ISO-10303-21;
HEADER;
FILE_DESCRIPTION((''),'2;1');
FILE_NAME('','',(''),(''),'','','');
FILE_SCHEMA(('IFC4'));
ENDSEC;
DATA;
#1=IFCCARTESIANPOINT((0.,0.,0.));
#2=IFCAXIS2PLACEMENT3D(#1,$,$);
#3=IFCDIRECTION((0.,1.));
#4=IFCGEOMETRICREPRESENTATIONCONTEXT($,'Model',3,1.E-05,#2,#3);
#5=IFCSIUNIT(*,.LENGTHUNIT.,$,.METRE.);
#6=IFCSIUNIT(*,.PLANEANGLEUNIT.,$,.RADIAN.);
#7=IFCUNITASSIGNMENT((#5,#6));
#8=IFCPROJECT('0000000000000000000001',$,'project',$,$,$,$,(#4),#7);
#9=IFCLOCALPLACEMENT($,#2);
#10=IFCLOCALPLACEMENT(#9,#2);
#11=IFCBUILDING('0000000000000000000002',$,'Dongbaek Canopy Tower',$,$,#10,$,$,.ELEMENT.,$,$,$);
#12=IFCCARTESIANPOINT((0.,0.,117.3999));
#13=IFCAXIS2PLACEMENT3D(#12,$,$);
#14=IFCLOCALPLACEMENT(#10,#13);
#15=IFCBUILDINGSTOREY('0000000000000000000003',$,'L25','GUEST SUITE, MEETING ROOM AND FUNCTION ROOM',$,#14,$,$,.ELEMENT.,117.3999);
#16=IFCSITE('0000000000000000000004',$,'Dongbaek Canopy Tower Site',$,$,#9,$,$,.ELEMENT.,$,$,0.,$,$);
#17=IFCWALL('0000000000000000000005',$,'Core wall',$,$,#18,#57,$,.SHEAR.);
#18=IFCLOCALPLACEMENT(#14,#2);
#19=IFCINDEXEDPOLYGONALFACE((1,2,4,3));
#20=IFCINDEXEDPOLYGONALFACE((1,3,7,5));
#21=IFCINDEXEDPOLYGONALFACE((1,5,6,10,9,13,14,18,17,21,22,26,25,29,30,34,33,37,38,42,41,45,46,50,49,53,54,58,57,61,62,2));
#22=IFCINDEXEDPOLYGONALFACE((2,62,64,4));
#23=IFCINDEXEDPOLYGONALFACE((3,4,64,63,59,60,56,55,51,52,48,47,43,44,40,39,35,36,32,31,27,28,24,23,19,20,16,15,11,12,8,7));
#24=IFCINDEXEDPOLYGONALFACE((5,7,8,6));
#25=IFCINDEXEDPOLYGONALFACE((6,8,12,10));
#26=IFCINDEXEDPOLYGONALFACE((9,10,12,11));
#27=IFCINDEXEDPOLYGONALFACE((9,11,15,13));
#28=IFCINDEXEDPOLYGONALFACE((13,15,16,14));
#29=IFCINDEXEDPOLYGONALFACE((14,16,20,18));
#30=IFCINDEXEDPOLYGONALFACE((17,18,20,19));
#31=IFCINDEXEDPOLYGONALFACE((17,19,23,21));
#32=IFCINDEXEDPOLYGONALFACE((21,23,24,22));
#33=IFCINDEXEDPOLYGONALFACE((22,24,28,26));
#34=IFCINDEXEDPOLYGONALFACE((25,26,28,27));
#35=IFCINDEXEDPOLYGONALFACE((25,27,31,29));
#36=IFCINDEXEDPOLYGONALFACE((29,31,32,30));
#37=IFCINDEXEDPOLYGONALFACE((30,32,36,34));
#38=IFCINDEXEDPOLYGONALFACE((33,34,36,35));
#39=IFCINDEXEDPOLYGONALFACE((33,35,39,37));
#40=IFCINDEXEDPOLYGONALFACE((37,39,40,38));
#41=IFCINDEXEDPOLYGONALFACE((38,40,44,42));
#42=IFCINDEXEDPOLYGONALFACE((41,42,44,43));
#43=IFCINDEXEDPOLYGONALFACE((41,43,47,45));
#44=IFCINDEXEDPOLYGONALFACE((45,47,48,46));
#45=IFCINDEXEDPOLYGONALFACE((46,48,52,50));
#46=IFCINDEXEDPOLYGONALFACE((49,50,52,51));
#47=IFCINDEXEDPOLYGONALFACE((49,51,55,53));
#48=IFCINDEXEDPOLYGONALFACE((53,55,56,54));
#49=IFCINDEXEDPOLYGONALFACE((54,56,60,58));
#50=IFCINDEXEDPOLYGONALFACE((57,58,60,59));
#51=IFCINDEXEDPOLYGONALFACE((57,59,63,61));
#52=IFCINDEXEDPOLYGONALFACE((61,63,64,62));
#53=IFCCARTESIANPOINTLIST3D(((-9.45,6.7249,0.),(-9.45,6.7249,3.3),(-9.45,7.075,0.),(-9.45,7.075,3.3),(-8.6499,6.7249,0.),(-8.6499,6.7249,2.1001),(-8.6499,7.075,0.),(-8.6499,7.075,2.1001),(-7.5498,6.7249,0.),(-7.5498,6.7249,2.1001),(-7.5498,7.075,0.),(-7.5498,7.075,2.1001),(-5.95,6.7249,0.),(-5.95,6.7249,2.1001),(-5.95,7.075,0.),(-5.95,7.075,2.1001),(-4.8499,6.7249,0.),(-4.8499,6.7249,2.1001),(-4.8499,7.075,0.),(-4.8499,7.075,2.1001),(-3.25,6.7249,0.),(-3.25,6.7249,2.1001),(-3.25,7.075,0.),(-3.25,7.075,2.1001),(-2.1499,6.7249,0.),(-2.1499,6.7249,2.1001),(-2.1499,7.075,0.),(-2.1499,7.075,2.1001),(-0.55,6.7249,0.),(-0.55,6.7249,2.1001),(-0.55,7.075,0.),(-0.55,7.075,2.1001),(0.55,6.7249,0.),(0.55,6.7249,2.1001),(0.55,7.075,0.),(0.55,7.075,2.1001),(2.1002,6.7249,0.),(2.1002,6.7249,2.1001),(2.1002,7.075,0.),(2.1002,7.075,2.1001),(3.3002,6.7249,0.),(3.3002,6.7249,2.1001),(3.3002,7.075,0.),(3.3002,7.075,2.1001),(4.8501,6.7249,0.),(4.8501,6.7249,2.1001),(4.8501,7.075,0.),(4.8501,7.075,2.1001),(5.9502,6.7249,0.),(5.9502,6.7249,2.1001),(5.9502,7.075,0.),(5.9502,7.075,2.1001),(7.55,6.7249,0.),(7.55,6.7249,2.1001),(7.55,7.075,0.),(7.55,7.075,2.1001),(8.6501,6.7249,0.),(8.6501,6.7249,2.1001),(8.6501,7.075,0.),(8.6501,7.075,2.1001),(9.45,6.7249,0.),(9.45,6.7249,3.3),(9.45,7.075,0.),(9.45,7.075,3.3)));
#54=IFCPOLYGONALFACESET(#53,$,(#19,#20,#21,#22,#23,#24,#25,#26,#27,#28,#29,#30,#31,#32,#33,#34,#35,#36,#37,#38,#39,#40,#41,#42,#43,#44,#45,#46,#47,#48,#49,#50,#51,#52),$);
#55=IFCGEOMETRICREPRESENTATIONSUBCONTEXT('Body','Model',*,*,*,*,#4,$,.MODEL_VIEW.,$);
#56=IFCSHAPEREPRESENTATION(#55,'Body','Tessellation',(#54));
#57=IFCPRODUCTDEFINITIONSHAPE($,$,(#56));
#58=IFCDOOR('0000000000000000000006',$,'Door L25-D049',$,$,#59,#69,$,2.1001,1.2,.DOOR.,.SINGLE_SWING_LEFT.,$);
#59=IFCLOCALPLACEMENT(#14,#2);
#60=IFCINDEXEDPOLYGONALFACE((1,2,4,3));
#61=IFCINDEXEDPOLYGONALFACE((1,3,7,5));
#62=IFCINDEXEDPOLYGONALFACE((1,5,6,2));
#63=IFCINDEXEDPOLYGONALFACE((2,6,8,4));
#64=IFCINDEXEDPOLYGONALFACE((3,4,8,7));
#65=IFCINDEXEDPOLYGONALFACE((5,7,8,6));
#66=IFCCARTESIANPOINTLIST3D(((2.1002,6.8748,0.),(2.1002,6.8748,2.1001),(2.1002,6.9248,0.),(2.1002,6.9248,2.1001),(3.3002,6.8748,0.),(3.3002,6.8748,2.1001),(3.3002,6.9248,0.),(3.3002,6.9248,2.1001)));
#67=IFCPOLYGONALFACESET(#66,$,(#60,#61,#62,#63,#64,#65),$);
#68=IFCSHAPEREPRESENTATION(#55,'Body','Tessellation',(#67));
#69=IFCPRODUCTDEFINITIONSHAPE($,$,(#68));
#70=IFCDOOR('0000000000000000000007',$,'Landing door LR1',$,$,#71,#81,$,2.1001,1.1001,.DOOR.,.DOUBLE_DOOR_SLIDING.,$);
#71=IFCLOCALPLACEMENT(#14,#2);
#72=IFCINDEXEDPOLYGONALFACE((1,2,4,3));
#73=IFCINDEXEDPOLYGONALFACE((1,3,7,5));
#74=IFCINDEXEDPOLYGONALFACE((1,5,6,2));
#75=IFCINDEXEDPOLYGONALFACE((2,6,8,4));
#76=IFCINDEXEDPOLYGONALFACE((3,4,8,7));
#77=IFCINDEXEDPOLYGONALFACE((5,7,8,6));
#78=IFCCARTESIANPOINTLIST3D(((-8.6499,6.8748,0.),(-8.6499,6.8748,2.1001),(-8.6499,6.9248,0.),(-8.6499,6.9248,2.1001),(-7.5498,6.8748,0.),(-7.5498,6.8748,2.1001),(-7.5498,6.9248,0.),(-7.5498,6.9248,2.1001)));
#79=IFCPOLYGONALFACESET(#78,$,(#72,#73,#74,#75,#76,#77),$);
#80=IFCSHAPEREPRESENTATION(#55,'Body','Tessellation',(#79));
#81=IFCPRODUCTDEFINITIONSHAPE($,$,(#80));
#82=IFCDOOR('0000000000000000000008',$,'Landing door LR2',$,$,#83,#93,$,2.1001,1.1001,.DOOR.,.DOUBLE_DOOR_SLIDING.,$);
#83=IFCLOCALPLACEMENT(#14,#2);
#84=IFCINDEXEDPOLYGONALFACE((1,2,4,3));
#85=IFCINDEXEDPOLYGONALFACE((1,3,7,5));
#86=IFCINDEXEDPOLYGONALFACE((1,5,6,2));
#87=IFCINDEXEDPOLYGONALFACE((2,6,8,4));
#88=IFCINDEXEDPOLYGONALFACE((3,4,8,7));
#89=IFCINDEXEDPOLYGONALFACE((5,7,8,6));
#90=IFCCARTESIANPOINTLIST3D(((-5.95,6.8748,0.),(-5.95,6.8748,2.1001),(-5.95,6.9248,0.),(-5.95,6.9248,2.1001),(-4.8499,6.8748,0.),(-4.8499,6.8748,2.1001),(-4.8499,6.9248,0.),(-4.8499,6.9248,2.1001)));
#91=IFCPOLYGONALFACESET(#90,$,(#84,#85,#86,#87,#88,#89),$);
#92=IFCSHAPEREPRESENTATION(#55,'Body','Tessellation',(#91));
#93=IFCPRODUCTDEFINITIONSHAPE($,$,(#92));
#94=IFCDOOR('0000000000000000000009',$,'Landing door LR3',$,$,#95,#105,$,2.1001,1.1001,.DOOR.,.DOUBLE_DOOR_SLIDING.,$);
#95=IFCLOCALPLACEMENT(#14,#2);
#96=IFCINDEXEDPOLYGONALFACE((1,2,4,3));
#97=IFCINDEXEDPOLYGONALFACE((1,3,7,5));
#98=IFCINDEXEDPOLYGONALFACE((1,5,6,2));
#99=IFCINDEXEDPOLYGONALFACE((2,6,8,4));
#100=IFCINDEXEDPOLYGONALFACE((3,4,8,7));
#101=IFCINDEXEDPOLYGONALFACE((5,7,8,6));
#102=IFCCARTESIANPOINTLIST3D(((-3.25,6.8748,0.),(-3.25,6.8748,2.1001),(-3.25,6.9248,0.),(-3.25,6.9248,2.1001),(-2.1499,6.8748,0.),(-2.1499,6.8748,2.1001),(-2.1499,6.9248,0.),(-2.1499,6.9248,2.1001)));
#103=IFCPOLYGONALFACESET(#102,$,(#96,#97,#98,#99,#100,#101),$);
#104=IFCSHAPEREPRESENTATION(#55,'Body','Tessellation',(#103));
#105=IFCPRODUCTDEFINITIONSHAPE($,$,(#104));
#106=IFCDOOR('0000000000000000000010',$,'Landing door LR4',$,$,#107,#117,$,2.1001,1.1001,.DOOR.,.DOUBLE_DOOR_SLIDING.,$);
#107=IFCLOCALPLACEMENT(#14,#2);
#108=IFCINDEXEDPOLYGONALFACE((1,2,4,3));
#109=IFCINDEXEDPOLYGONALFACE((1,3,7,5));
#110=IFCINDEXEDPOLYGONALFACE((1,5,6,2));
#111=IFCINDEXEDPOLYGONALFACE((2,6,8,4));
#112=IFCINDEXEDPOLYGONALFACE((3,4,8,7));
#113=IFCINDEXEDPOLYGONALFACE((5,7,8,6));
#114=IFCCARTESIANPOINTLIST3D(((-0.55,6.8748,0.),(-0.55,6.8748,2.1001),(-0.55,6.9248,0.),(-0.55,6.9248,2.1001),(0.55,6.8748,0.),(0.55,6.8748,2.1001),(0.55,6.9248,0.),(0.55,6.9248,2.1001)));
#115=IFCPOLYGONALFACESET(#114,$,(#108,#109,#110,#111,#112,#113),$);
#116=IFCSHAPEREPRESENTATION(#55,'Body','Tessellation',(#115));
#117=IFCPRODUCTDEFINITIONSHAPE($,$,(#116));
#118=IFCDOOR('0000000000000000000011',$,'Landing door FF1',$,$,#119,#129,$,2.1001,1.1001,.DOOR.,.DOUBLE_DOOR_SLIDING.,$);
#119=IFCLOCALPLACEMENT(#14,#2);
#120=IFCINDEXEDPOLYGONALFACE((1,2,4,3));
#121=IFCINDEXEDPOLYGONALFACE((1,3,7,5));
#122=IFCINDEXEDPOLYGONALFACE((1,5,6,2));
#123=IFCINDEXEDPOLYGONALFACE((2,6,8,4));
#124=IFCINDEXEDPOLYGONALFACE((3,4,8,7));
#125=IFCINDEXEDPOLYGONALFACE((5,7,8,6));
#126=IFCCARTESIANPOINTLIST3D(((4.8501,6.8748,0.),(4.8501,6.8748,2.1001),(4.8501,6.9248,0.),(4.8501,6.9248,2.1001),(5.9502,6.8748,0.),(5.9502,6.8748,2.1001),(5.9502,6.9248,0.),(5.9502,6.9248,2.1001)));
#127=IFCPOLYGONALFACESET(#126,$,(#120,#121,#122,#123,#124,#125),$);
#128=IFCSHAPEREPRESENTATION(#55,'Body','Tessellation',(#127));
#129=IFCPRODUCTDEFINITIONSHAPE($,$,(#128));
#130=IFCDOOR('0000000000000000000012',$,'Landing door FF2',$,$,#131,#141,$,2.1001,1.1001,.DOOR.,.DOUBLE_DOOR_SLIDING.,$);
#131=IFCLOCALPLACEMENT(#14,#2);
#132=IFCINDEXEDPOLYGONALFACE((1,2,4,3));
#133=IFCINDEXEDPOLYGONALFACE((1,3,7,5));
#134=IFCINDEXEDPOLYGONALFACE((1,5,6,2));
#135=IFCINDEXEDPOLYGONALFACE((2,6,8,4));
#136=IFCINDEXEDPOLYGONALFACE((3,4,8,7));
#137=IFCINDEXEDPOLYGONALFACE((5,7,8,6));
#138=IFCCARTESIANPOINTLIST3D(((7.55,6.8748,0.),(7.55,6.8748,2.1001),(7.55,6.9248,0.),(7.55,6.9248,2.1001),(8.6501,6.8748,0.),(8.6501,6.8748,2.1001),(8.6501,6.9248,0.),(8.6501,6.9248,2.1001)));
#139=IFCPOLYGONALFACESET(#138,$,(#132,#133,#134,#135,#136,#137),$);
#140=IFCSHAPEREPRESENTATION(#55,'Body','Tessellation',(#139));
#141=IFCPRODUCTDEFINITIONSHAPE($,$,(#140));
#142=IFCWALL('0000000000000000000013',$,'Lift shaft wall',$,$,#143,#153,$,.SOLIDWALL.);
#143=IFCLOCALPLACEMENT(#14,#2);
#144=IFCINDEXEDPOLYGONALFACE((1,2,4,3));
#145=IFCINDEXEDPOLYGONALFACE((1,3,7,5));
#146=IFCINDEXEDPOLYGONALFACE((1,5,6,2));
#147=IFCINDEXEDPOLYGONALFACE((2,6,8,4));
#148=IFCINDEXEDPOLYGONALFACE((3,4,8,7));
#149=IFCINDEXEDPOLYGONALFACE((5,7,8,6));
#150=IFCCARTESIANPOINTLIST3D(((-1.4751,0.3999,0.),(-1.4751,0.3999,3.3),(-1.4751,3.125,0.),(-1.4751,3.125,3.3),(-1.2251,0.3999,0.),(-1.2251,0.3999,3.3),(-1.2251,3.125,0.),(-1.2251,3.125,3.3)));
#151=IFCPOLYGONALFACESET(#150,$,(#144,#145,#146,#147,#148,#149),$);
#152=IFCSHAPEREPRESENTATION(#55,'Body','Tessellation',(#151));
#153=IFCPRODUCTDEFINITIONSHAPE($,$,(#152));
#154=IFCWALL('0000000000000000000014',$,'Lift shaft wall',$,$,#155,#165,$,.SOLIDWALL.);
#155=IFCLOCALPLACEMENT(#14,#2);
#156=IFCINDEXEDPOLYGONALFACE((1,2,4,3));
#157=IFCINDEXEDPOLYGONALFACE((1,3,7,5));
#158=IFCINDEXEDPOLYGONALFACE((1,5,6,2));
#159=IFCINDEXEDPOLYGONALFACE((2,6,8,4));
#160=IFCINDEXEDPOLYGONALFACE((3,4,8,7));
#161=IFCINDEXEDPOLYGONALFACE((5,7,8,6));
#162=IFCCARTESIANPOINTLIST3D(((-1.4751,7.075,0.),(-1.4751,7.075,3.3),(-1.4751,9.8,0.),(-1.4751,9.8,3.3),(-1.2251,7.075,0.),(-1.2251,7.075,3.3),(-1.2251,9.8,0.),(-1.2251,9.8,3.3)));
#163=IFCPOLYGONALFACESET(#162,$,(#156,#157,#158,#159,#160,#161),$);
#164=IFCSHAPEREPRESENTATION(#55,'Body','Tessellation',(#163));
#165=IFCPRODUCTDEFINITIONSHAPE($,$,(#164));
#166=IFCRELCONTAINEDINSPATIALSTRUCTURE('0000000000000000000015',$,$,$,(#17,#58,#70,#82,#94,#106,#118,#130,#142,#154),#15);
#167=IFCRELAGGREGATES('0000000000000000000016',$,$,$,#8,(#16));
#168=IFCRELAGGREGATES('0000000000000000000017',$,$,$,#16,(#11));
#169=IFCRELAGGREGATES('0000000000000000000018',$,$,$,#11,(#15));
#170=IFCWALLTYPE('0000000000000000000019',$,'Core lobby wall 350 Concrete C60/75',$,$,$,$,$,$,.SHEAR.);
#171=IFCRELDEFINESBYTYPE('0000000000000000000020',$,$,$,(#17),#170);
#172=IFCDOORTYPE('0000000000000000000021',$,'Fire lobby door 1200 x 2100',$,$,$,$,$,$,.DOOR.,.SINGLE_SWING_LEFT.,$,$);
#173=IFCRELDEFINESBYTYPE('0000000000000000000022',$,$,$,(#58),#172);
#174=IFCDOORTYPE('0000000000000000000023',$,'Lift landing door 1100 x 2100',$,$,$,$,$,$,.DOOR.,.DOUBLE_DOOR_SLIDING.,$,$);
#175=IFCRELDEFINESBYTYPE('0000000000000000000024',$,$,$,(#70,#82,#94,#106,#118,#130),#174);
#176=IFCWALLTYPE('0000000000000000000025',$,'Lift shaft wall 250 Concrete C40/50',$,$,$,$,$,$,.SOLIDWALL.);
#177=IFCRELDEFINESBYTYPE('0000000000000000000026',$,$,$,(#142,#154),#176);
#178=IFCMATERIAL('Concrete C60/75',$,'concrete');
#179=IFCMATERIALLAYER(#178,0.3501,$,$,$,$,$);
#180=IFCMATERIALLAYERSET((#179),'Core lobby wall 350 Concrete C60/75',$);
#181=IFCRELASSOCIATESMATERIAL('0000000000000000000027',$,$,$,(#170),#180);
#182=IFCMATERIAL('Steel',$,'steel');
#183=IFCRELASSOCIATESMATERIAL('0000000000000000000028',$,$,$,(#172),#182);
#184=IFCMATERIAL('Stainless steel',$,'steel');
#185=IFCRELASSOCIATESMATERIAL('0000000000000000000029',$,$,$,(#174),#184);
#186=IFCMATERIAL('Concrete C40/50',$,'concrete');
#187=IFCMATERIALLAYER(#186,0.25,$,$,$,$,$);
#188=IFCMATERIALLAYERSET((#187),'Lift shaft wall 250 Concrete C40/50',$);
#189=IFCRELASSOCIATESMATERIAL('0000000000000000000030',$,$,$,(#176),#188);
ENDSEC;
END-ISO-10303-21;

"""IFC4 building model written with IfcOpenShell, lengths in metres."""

from ifc_helpers import new_model, si_unit, direction, frame, frame_2d, origin, place, context, subcontext, project, spatial, rectangle, extrude, material, layer, layer_set, type_object, element, fill, save


model = new_model("IFC4")

# Units and contexts
model_context = context("Model", 3, precision=1e-05, world=origin(), true_north=direction((0.0, 1.0)))
body_context = subcontext(model_context, "Body", "Model", "MODEL_VIEW")
ifc_project = project(units=[si_unit("LENGTHUNIT", "METRE"), si_unit("PLANEANGLEUNIT", "RADIAN")], contexts=[model_context])

# Site, building, storey
site_placement = place(None, origin())
site = spatial("IfcSite", under=ifc_project, at=site_placement, Name="Dongbaek Canopy Tower Site", CompositionType="ELEMENT", RefElevation=0.0)
building_placement = place(site_placement, origin())
building = spatial("IfcBuilding", under=site, at=building_placement, Name="Dongbaek Canopy Tower", CompositionType="ELEMENT")
storey_placement = place(building_placement, frame((0.0, 0.0, 117.3999)))
storey = spatial("IfcBuildingStorey", under=building, at=storey_placement, Name="L25", Description="GUEST SUITE, MEETING ROOM AND FUNCTION ROOM", CompositionType="ELEMENT", Elevation=117.3999)

# Wall, openings, doors
ifc_material_1 = material(Name="Concrete C60/75", Category="concrete")
ifc_layer_1 = layer(ifc_material_1, 0.3501)
ifc_layer_set_1 = layer_set([ifc_layer_1], Name="Core lobby wall 350 Concrete C60/75")
wall_type_1 = type_object("IfcWallType", Name="Core lobby wall 350 Concrete C60/75", PredefinedType="SHEAR", material=ifc_layer_set_1)
wall_1_placement = place(storey_placement, frame((-9.45, 6.8999, 0.0), z_axis=(0.0, 0.0, 1.0), x_axis=(1.0, 0.0, 0.0)))
wall_1 = element("IfcWall", 1, at=wall_1_placement, inside=storey, type_object=wall_type_1, Name="Core wall", PredefinedType="SHEAR", context=body_context, shape_type="SweptSolid", body=[
    extrude(rectangle(XDim=18.8999, YDim=0.3501, at=frame_2d((9.45, 0.0))), origin(), (0.0, 0.0, 1.0), 3.3),
])
opening_1_placement = place(wall_1_placement, frame((0.8, 0.0, 0.0)))
opening_1 = element("IfcOpeningElement", 2, at=opening_1_placement, cuts=wall_1, PredefinedType="OPENING", context=body_context, shape_type="SweptSolid", body=[
    extrude(rectangle(XDim=1.1001, YDim=2.1001, at=frame_2d((0.55, 1.05))), frame((0.0, 0.1851, 0.0), z_axis=(0.0, -1.0, 0.0), x_axis=(1.0, 0.0, 0.0)), (0.0, 0.0, 1.0), 0.3701),
])
opening_2_placement = place(wall_1_placement, frame((3.5, 0.0, 0.0)))
opening_2 = element("IfcOpeningElement", 3, at=opening_2_placement, cuts=wall_1, PredefinedType="OPENING", context=body_context, shape_type="SweptSolid", body=[
    extrude(rectangle(XDim=1.1001, YDim=2.1001, at=frame_2d((0.55, 1.05))), frame((0.0, 0.1851, 0.0), z_axis=(0.0, -1.0, 0.0), x_axis=(1.0, 0.0, 0.0)), (0.0, 0.0, 1.0), 0.3701),
])
opening_3_placement = place(wall_1_placement, frame((6.2, 0.0, 0.0)))
opening_3 = element("IfcOpeningElement", 4, at=opening_3_placement, cuts=wall_1, PredefinedType="OPENING", context=body_context, shape_type="SweptSolid", body=[
    extrude(rectangle(XDim=1.1001, YDim=2.1001, at=frame_2d((0.55, 1.05))), frame((0.0, 0.1851, 0.0), z_axis=(0.0, -1.0, 0.0), x_axis=(1.0, 0.0, 0.0)), (0.0, 0.0, 1.0), 0.3701),
])
opening_4_placement = place(wall_1_placement, frame((8.8999, 0.0, 0.0)))
opening_4 = element("IfcOpeningElement", 5, at=opening_4_placement, cuts=wall_1, PredefinedType="OPENING", context=body_context, shape_type="SweptSolid", body=[
    extrude(rectangle(XDim=1.1001, YDim=2.1001, at=frame_2d((0.55, 1.05))), frame((0.0, 0.1851, 0.0), z_axis=(0.0, -1.0, 0.0), x_axis=(1.0, 0.0, 0.0)), (0.0, 0.0, 1.0), 0.3701),
])
opening_5_placement = place(wall_1_placement, frame((11.55, 0.0, 0.0)))
opening_5 = element("IfcOpeningElement", 6, at=opening_5_placement, cuts=wall_1, PredefinedType="OPENING", context=body_context, shape_type="SweptSolid", body=[
    extrude(rectangle(XDim=1.2, YDim=2.1001, at=frame_2d((0.6001, 1.05))), frame((0.0, 0.1851, 0.0), z_axis=(0.0, -1.0, 0.0), x_axis=(1.0, 0.0, 0.0)), (0.0, 0.0, 1.0), 0.3701),
])
opening_6_placement = place(wall_1_placement, frame((14.3, 0.0, 0.0)))
opening_6 = element("IfcOpeningElement", 7, at=opening_6_placement, cuts=wall_1, PredefinedType="OPENING", context=body_context, shape_type="SweptSolid", body=[
    extrude(rectangle(XDim=1.1001, YDim=2.1001, at=frame_2d((0.55, 1.05))), frame((0.0, 0.1851, 0.0), z_axis=(0.0, -1.0, 0.0), x_axis=(1.0, 0.0, 0.0)), (0.0, 0.0, 1.0), 0.3701),
])
opening_7_placement = place(wall_1_placement, frame((17.0, 0.0, 0.0)))
opening_7 = element("IfcOpeningElement", 8, at=opening_7_placement, cuts=wall_1, PredefinedType="OPENING", context=body_context, shape_type="SweptSolid", body=[
    extrude(rectangle(XDim=1.1001, YDim=2.1001, at=frame_2d((0.55, 1.05))), frame((0.0, 0.1851, 0.0), z_axis=(0.0, -1.0, 0.0), x_axis=(1.0, 0.0, 0.0)), (0.0, 0.0, 1.0), 0.3701),
])
ifc_material_2 = material(Name="Steel", Category="steel")
door_type_1 = type_object("IfcDoorType", Name="Fire lobby door 1200 x 2100", OperationType="SINGLE_SWING_LEFT", PredefinedType="DOOR", material=ifc_material_2)
door_1_placement = place(opening_5_placement, origin())
door_1 = element("IfcDoor", 9, at=door_1_placement, inside=storey, type_object=door_type_1, Name="Door L25-D049", OperationType="SINGLE_SWING_LEFT", OverallHeight=2.1001, OverallWidth=1.2, PredefinedType="DOOR", context=body_context, shape_type="SweptSolid", body=[
    extrude(rectangle(XDim=1.2, YDim=2.1001, at=frame_2d((0.6001, 1.05))), frame((0.0, 0.0249, 0.0), z_axis=(0.0, -1.0, 0.0), x_axis=(1.0, 0.0, 0.0)), (0.0, 0.0, 1.0), 0.05),
])
fill(opening_5, door_1)
ifc_material_3 = material(Name="Stainless steel", Category="steel")
door_type_2 = type_object("IfcDoorType", Name="Lift landing door 1100 x 2100", OperationType="DOUBLE_DOOR_SLIDING", PredefinedType="DOOR", material=ifc_material_3)
door_2_placement = place(opening_1_placement, origin())
door_2 = element("IfcDoor", 10, at=door_2_placement, inside=storey, type_object=door_type_2, Name="Landing door LR1", OperationType="DOUBLE_DOOR_SLIDING", OverallHeight=2.1001, OverallWidth=1.1001, PredefinedType="DOOR", context=body_context, shape_type="SweptSolid", body=[
    extrude(rectangle(XDim=1.1001, YDim=2.1001, at=frame_2d((0.55, 1.05))), frame((0.0, 0.0249, 0.0), z_axis=(0.0, -1.0, 0.0), x_axis=(1.0, 0.0, 0.0)), (0.0, 0.0, 1.0), 0.05),
])
fill(opening_1, door_2)
door_3_placement = place(opening_2_placement, origin())
door_3 = element("IfcDoor", 11, at=door_3_placement, inside=storey, type_object=door_type_2, Name="Landing door LR2", OperationType="DOUBLE_DOOR_SLIDING", OverallHeight=2.1001, OverallWidth=1.1001, PredefinedType="DOOR", context=body_context, shape_type="SweptSolid", body=[
    extrude(rectangle(XDim=1.1001, YDim=2.1001, at=frame_2d((0.55, 1.05))), frame((0.0, 0.0249, 0.0), z_axis=(0.0, -1.0, 0.0), x_axis=(1.0, 0.0, 0.0)), (0.0, 0.0, 1.0), 0.05),
])
fill(opening_2, door_3)
door_4_placement = place(opening_3_placement, origin())
door_4 = element("IfcDoor", 12, at=door_4_placement, inside=storey, type_object=door_type_2, Name="Landing door LR3", OperationType="DOUBLE_DOOR_SLIDING", OverallHeight=2.1001, OverallWidth=1.1001, PredefinedType="DOOR", context=body_context, shape_type="SweptSolid", body=[
    extrude(rectangle(XDim=1.1001, YDim=2.1001, at=frame_2d((0.55, 1.05))), frame((0.0, 0.0249, 0.0), z_axis=(0.0, -1.0, 0.0), x_axis=(1.0, 0.0, 0.0)), (0.0, 0.0, 1.0), 0.05),
])
fill(opening_3, door_4)
door_5_placement = place(opening_4_placement, origin())
door_5 = element("IfcDoor", 13, at=door_5_placement, inside=storey, type_object=door_type_2, Name="Landing door LR4", OperationType="DOUBLE_DOOR_SLIDING", OverallHeight=2.1001, OverallWidth=1.1001, PredefinedType="DOOR", context=body_context, shape_type="SweptSolid", body=[
    extrude(rectangle(XDim=1.1001, YDim=2.1001, at=frame_2d((0.55, 1.05))), frame((0.0, 0.0249, 0.0), z_axis=(0.0, -1.0, 0.0), x_axis=(1.0, 0.0, 0.0)), (0.0, 0.0, 1.0), 0.05),
])
fill(opening_4, door_5)
door_6_placement = place(opening_6_placement, origin())
door_6 = element("IfcDoor", 14, at=door_6_placement, inside=storey, type_object=door_type_2, Name="Landing door FF1", OperationType="DOUBLE_DOOR_SLIDING", OverallHeight=2.1001, OverallWidth=1.1001, PredefinedType="DOOR", context=body_context, shape_type="SweptSolid", body=[
    extrude(rectangle(XDim=1.1001, YDim=2.1001, at=frame_2d((0.55, 1.05))), frame((0.0, 0.0249, 0.0), z_axis=(0.0, -1.0, 0.0), x_axis=(1.0, 0.0, 0.0)), (0.0, 0.0, 1.0), 0.05),
])
fill(opening_6, door_6)
door_7_placement = place(opening_7_placement, origin())
door_7 = element("IfcDoor", 15, at=door_7_placement, inside=storey, type_object=door_type_2, Name="Landing door FF2", OperationType="DOUBLE_DOOR_SLIDING", OverallHeight=2.1001, OverallWidth=1.1001, PredefinedType="DOOR", context=body_context, shape_type="SweptSolid", body=[
    extrude(rectangle(XDim=1.1001, YDim=2.1001, at=frame_2d((0.55, 1.05))), frame((0.0, 0.0249, 0.0), z_axis=(0.0, -1.0, 0.0), x_axis=(1.0, 0.0, 0.0)), (0.0, 0.0, 1.0), 0.05),
])
fill(opening_7, door_7)

# Walls
ifc_material_4 = material(Name="Concrete C40/50", Category="concrete")
ifc_layer_2 = layer(ifc_material_4, 0.25)
ifc_layer_set_2 = layer_set([ifc_layer_2], Name="Lift shaft wall 250 Concrete C40/50")
wall_type_2 = type_object("IfcWallType", Name="Lift shaft wall 250 Concrete C40/50", PredefinedType="SOLIDWALL", material=ifc_layer_set_2)
for number, where, z_axis, x_axis, name in (
    (16, (-1.3501, 0.3999, 0.0), (0.0, 0.0, 1.0), (0.0, 1.0, 0.0), "Lift shaft wall"),
    (17, (-1.3501, 7.075, 0.0), (0.0, 0.0, 1.0), (0.0, 1.0, 0.0), "Lift shaft wall"),
):
    element("IfcWall", number, at=place(storey_placement, frame(where, z_axis=z_axis, x_axis=x_axis)), inside=storey, type_object=wall_type_2, Name=name, PredefinedType="SOLIDWALL", context=body_context, shape_type="SweptSolid", body=[
        extrude(rectangle(XDim=2.7251, YDim=0.25, at=frame_2d((1.3625, 0.0))), origin(), (0.0, 0.0, 1.0), 3.3),
    ])

save(model, "model.ifc")
